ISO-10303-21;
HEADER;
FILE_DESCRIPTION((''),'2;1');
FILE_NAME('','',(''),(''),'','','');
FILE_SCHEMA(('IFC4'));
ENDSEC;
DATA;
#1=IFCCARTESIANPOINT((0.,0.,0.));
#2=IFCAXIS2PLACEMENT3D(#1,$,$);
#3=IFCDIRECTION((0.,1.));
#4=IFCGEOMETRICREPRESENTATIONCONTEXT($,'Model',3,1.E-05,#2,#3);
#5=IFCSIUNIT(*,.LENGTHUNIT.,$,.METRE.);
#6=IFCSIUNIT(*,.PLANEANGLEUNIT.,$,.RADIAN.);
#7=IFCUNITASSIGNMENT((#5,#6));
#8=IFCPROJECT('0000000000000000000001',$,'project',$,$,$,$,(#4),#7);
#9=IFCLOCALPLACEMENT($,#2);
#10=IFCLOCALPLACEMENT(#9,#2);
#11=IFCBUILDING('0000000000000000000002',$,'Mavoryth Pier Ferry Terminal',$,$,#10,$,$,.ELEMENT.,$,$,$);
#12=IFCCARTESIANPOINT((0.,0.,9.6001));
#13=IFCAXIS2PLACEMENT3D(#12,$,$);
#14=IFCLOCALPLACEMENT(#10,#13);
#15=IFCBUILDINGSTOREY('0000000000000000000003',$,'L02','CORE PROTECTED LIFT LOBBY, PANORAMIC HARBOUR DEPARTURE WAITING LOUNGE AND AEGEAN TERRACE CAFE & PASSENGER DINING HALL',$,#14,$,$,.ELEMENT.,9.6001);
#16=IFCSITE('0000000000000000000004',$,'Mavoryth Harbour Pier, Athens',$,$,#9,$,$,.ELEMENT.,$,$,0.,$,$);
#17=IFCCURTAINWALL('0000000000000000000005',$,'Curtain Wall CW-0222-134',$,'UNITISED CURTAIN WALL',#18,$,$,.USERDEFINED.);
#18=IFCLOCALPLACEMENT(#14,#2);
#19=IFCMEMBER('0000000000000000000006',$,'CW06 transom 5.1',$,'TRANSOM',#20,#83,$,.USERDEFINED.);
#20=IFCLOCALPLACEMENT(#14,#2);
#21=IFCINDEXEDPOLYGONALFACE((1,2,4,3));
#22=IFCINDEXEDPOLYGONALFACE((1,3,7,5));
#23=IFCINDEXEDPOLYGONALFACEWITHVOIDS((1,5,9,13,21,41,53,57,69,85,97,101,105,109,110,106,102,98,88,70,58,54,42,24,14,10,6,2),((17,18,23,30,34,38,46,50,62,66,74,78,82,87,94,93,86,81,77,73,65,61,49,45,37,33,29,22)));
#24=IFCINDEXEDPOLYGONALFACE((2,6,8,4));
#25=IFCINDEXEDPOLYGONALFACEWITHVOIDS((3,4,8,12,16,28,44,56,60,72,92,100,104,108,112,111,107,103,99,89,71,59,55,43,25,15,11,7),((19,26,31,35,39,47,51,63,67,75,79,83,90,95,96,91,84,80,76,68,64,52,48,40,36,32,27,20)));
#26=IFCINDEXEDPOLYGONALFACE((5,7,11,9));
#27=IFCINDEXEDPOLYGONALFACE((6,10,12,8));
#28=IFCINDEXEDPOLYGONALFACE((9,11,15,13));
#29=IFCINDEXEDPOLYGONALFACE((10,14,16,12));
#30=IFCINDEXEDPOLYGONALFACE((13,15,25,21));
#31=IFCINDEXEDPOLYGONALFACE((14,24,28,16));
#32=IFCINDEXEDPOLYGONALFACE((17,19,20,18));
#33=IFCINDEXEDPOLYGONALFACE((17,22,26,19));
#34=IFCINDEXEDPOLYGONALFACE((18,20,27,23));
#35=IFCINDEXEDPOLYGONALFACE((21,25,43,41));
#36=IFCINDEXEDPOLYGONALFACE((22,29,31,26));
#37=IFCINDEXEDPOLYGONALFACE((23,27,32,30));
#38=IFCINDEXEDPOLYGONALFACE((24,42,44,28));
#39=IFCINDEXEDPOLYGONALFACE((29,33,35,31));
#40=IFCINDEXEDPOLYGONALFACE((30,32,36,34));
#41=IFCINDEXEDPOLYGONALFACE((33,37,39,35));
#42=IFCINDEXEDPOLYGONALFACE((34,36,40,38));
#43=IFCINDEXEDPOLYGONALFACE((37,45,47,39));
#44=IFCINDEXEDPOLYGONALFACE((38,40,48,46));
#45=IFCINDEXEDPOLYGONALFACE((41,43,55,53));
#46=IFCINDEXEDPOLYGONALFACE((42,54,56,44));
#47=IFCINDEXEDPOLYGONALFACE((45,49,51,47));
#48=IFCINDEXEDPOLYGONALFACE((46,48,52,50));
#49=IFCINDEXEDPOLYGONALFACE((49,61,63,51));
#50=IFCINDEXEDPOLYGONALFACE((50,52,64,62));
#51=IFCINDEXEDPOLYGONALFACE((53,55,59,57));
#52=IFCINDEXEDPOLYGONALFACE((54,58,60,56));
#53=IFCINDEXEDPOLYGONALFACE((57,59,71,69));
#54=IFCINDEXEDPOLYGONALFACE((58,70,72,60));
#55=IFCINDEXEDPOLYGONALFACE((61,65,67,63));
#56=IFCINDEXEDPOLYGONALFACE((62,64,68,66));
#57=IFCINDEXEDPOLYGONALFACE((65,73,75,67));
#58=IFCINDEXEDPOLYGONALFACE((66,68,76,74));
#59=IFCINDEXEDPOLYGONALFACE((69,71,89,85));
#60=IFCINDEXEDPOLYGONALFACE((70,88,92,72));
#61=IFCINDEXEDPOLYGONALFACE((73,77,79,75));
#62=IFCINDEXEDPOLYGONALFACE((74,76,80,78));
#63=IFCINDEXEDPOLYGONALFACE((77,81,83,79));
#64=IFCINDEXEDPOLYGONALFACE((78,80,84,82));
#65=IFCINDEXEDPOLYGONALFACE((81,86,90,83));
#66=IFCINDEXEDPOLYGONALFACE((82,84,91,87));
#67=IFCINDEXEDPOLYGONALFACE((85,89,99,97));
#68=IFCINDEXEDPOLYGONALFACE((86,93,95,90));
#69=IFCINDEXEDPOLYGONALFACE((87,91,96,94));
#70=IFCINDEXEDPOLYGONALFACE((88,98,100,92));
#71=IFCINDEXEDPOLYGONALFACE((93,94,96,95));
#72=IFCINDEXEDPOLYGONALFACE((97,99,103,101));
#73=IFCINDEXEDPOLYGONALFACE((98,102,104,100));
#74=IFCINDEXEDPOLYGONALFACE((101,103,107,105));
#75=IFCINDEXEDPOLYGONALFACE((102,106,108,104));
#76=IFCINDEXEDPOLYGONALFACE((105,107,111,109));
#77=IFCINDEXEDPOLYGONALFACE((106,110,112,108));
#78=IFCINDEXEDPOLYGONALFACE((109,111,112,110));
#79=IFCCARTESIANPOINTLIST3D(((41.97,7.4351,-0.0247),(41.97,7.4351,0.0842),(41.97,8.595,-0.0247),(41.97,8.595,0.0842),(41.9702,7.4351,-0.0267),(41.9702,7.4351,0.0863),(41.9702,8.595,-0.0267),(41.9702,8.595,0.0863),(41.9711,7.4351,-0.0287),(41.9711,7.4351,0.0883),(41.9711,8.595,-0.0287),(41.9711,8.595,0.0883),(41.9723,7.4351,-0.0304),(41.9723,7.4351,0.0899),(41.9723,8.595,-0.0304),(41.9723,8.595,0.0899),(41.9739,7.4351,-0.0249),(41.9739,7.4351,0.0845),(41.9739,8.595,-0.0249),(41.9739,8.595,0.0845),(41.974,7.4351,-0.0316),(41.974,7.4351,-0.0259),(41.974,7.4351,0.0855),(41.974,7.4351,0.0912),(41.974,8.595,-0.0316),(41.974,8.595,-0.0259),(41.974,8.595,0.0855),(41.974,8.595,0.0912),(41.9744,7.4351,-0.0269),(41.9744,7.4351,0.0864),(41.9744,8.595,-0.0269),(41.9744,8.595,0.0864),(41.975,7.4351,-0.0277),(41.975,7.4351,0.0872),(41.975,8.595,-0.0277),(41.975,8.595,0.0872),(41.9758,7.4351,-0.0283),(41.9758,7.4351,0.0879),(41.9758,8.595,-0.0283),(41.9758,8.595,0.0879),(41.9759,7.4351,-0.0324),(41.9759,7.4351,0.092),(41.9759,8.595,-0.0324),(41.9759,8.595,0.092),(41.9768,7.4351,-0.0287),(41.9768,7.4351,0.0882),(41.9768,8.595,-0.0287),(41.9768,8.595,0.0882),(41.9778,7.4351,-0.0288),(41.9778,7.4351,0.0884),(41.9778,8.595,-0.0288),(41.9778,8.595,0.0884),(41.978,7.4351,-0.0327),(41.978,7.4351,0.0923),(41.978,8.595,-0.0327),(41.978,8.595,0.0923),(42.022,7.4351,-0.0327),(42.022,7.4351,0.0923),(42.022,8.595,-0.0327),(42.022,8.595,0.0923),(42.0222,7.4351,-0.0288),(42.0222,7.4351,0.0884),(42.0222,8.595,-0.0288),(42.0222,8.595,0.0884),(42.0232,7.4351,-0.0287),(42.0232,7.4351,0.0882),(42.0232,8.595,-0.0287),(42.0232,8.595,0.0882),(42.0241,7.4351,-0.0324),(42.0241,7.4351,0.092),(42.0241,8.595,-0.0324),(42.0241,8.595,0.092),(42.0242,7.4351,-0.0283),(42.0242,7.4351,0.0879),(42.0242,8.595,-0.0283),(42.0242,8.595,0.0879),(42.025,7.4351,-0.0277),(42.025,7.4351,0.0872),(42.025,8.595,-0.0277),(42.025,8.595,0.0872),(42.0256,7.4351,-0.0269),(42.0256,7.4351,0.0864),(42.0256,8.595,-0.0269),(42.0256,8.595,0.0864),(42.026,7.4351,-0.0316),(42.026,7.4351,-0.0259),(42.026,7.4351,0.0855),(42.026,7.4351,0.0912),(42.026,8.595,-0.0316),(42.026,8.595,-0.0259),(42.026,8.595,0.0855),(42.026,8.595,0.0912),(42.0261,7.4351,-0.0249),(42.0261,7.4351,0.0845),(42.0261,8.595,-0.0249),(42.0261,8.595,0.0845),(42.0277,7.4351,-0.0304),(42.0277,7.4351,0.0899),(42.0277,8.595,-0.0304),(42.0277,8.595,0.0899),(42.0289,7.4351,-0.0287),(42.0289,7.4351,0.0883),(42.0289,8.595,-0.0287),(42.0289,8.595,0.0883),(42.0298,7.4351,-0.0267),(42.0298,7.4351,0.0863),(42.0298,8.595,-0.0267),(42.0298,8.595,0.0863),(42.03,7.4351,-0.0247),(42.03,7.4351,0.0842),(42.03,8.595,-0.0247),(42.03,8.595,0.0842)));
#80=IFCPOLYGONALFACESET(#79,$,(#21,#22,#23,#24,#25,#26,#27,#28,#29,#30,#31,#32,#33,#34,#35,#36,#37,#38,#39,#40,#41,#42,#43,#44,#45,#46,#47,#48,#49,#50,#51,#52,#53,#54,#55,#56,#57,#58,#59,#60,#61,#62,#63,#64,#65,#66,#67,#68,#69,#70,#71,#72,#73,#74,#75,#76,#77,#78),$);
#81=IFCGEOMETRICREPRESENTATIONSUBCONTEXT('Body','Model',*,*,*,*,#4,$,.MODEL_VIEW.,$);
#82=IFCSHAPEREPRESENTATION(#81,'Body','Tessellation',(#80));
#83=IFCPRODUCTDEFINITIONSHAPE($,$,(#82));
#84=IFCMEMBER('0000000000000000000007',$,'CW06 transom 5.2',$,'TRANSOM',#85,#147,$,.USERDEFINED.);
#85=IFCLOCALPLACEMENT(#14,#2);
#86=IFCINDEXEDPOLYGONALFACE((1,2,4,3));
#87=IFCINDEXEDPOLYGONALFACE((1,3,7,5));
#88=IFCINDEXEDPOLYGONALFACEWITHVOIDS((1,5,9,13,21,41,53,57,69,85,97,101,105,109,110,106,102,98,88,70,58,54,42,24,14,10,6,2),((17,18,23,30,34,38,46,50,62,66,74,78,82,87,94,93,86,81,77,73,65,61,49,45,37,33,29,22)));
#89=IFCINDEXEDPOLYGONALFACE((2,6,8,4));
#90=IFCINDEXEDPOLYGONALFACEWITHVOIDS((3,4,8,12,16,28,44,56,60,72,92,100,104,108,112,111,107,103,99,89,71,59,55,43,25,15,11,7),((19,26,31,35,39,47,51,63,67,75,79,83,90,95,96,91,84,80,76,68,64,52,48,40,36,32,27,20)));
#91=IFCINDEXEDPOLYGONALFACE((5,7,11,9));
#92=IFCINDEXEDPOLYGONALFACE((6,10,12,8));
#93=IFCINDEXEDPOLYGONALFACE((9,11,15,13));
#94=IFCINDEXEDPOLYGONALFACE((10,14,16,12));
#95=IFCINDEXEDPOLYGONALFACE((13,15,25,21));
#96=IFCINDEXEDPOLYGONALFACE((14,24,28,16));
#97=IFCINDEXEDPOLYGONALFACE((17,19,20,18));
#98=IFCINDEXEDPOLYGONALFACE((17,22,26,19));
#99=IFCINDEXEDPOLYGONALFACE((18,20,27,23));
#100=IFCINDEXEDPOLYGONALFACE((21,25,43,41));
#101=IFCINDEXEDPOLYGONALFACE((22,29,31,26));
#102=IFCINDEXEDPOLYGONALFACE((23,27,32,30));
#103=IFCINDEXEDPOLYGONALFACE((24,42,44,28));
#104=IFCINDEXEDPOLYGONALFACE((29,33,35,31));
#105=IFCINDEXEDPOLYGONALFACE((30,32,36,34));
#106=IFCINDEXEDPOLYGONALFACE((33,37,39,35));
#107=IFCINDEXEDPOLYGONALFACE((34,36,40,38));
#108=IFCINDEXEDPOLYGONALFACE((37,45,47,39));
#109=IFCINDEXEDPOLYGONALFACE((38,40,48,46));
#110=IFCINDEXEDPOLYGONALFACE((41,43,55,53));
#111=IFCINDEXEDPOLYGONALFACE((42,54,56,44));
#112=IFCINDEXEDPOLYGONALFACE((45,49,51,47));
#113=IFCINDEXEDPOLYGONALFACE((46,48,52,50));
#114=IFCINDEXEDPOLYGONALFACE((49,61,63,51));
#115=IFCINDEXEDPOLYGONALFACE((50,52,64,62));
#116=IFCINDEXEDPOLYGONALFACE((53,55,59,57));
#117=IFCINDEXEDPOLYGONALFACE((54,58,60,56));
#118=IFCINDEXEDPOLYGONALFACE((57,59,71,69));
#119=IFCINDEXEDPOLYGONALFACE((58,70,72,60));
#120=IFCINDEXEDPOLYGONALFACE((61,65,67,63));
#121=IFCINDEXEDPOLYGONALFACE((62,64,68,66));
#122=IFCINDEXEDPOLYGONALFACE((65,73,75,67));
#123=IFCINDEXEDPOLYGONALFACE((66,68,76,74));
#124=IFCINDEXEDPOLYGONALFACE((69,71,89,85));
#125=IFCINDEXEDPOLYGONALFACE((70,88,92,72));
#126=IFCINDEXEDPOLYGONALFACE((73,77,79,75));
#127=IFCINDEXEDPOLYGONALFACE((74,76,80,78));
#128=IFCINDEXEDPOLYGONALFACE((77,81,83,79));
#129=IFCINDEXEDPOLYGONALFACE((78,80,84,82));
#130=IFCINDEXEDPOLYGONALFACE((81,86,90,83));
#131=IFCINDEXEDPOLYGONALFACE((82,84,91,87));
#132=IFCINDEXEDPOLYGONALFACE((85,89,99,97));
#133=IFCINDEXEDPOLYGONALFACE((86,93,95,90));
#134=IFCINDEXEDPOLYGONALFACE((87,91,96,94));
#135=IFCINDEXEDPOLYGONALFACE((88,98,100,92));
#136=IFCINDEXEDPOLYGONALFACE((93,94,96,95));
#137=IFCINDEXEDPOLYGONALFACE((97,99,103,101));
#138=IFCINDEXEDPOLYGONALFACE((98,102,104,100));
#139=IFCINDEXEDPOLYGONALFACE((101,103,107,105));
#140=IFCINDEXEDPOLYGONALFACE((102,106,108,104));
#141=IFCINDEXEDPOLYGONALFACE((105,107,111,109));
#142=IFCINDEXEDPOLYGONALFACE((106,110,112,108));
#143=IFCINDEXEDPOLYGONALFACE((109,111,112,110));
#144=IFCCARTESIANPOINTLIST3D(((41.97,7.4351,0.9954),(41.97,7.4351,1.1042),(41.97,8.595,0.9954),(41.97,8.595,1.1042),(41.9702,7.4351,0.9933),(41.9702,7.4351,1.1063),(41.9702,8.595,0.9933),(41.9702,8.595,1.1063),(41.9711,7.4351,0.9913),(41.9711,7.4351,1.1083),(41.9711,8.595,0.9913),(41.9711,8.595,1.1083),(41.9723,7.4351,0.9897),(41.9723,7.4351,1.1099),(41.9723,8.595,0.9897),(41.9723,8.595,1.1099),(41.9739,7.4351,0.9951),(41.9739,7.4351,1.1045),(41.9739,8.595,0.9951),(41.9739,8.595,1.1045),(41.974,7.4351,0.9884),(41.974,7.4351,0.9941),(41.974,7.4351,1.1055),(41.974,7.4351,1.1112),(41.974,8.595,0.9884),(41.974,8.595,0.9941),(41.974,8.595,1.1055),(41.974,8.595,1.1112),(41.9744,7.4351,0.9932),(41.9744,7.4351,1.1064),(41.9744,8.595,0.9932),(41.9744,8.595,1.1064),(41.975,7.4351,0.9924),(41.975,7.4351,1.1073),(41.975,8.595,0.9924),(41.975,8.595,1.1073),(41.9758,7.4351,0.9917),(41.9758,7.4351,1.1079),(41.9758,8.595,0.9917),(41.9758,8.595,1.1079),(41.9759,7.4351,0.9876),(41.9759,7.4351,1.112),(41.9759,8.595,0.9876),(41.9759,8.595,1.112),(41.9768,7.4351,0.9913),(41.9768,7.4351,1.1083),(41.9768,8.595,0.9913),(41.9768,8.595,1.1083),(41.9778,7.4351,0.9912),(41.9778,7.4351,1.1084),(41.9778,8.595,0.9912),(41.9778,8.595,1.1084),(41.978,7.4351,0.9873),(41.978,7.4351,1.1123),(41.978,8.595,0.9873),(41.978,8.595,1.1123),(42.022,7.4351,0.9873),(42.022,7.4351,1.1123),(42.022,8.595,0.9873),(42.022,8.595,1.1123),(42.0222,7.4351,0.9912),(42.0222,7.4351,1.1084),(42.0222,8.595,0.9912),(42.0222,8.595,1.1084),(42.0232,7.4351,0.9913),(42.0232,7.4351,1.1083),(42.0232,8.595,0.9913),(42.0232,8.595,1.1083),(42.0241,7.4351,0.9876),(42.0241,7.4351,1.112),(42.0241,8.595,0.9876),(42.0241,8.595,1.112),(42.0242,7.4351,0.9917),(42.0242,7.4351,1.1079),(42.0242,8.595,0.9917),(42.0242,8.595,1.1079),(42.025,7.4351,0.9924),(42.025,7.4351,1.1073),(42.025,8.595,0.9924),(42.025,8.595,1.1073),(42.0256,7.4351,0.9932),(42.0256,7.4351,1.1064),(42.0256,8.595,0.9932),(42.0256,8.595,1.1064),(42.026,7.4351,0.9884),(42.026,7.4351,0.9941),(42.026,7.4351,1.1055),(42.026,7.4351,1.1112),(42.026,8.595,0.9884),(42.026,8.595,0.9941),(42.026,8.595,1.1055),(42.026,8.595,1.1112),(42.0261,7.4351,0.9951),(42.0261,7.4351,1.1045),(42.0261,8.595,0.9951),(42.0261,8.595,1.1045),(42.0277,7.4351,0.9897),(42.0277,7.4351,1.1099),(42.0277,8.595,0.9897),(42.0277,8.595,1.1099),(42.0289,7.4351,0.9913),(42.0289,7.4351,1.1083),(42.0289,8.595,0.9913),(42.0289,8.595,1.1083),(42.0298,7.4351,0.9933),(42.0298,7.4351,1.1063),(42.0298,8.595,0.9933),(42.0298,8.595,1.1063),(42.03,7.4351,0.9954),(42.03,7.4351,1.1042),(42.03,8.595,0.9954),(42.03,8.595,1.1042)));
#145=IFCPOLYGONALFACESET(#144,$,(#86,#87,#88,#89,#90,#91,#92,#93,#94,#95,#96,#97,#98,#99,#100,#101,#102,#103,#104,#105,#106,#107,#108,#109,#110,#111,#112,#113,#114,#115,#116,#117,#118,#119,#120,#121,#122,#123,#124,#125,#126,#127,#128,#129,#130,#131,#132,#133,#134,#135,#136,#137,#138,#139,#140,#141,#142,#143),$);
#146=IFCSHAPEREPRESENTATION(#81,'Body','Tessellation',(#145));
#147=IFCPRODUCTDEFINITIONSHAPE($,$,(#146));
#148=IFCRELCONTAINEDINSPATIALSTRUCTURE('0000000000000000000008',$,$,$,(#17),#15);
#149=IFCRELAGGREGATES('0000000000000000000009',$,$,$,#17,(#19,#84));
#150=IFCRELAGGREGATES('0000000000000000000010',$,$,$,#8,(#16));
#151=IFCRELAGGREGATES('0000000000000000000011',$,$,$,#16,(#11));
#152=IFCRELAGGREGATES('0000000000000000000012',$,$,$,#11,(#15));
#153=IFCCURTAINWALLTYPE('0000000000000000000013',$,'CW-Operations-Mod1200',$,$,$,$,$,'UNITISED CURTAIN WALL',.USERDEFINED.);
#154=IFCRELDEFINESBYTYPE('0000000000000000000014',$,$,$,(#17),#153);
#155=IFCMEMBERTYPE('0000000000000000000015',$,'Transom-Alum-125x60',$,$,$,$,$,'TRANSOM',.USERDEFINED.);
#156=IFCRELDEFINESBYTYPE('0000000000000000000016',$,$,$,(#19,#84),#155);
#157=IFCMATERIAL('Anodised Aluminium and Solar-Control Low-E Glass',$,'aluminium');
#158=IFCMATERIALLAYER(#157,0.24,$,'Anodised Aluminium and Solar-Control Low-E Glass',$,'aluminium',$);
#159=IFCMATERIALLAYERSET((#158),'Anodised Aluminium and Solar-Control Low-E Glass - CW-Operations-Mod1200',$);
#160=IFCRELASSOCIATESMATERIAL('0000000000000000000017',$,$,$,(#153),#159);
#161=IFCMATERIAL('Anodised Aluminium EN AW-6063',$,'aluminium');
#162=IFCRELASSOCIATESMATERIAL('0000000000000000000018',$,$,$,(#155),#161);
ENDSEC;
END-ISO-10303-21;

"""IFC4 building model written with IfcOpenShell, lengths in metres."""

from ifc_helpers import new_model, si_unit, direction, frame, origin, origin_2d, place, context, subcontext, project, spatial, hollow_rectangle, extrude, material, layer, layer_set, material_profile, profile_set, type_object, element, aggregate, save


model = new_model("IFC4")

# Units and contexts
model_context = context("Model", 3, precision=1e-05, world=origin(), true_north=direction((0.0, 1.0)))
body_context = subcontext(model_context, "Body", "Model", "MODEL_VIEW")
ifc_project = project(units=[si_unit("LENGTHUNIT", "METRE"), si_unit("PLANEANGLEUNIT", "RADIAN")], contexts=[model_context])

# Site, building, storey
site_placement = place(None, origin())
site = spatial("IfcSite", under=ifc_project, at=site_placement, Name="Mavoryth Harbour Pier, Athens", CompositionType="ELEMENT", RefElevation=0.0)
building_placement = place(site_placement, origin())
building = spatial("IfcBuilding", under=site, at=building_placement, Name="Mavoryth Pier Ferry Terminal", CompositionType="ELEMENT")
storey_placement = place(building_placement, frame((0.0, 0.0, 9.6001)))
storey = spatial("IfcBuildingStorey", under=building, at=storey_placement, Name="L02", Description="CORE PROTECTED LIFT LOBBY, PANORAMIC HARBOUR DEPARTURE WAITING LOUNGE AND AEGEAN TERRACE CAFE & PASSENGER DINING HALL", CompositionType="ELEMENT", Elevation=9.6001)

# Curtain wall
ifc_material_1 = material(Name="Anodised Aluminium and Solar-Control Low-E Glass", Category="aluminium")
ifc_layer_1 = layer(ifc_material_1, 0.24, Name="Anodised Aluminium and Solar-Control Low-E Glass", Category="aluminium")
ifc_layer_set_1 = layer_set([ifc_layer_1], Name="Anodised Aluminium and Solar-Control Low-E Glass - CW-Operations-Mod1200")
curtain_wall_type = type_object("IfcCurtainWallType", Name="CW-Operations-Mod1200", ElementType="UNITISED CURTAIN WALL", PredefinedType="USERDEFINED", material=ifc_layer_set_1)
ifc_material_2 = material(Name="Anodised Aluminium EN AW-6063", Category="aluminium")
curtain_wall_1_placement = place(storey_placement, origin())
curtain_wall_1 = element("IfcCurtainWall", 1, at=curtain_wall_1_placement, inside=storey, type_object=curtain_wall_type, Name="Curtain Wall CW-0222-134", ObjectType="UNITISED CURTAIN WALL", PredefinedType="USERDEFINED")

# Members
ifc_material_profile_1 = material_profile(ifc_material_2, hollow_rectangle(XDim=0.0601, YDim=0.125, WallThickness=0.0039, InnerFilletRadius=0.0039, OuterFilletRadius=0.0081, at=origin_2d()), Name="AL-TRAN 125x60x4", Category="aluminium")
ifc_profile_set_1 = profile_set([ifc_material_profile_1], Name="Anodised Aluminium EN AW-6063 - AL-TRAN 125x60x4")
member_type_1 = type_object("IfcMemberType", Name="Transom-Alum-125x60", ElementType="TRANSOM", PredefinedType="USERDEFINED", material=ifc_profile_set_1)
member_1_placement = place(storey_placement, frame((42.0, 8.595, 0.0298), z_axis=(0.0, -1.0, 0.0), x_axis=(1.0, 0.0, 0.0)))
member_1 = element("IfcMember", 2, at=member_1_placement, type_object=member_type_1, Name="CW06 transom 5.1", ObjectType="TRANSOM", PredefinedType="USERDEFINED", context=body_context, shape_type="SweptSolid", body=[
    extrude(hollow_rectangle(XDim=0.0601, YDim=0.125, WallThickness=0.0039, InnerFilletRadius=0.0039, OuterFilletRadius=0.0081, at=origin_2d()), origin(), (0.0, 0.0, 1.0), 1.1599),
])
member_2_placement = place(storey_placement, frame((42.0, 8.595, 1.0498), z_axis=(0.0, -1.0, 0.0), x_axis=(1.0, 0.0, 0.0)))
member_2 = element("IfcMember", 3, at=member_2_placement, type_object=member_type_1, Name="CW06 transom 5.2", ObjectType="TRANSOM", PredefinedType="USERDEFINED", context=body_context, shape_type="SweptSolid", body=[
    extrude(hollow_rectangle(XDim=0.0601, YDim=0.125, WallThickness=0.0039, InnerFilletRadius=0.0039, OuterFilletRadius=0.0081, at=origin_2d()), origin(), (0.0, 0.0, 1.0), 1.1599),
])

aggregate(curtain_wall_1, [member_1, member_2])

save(model, "model.ifc")
